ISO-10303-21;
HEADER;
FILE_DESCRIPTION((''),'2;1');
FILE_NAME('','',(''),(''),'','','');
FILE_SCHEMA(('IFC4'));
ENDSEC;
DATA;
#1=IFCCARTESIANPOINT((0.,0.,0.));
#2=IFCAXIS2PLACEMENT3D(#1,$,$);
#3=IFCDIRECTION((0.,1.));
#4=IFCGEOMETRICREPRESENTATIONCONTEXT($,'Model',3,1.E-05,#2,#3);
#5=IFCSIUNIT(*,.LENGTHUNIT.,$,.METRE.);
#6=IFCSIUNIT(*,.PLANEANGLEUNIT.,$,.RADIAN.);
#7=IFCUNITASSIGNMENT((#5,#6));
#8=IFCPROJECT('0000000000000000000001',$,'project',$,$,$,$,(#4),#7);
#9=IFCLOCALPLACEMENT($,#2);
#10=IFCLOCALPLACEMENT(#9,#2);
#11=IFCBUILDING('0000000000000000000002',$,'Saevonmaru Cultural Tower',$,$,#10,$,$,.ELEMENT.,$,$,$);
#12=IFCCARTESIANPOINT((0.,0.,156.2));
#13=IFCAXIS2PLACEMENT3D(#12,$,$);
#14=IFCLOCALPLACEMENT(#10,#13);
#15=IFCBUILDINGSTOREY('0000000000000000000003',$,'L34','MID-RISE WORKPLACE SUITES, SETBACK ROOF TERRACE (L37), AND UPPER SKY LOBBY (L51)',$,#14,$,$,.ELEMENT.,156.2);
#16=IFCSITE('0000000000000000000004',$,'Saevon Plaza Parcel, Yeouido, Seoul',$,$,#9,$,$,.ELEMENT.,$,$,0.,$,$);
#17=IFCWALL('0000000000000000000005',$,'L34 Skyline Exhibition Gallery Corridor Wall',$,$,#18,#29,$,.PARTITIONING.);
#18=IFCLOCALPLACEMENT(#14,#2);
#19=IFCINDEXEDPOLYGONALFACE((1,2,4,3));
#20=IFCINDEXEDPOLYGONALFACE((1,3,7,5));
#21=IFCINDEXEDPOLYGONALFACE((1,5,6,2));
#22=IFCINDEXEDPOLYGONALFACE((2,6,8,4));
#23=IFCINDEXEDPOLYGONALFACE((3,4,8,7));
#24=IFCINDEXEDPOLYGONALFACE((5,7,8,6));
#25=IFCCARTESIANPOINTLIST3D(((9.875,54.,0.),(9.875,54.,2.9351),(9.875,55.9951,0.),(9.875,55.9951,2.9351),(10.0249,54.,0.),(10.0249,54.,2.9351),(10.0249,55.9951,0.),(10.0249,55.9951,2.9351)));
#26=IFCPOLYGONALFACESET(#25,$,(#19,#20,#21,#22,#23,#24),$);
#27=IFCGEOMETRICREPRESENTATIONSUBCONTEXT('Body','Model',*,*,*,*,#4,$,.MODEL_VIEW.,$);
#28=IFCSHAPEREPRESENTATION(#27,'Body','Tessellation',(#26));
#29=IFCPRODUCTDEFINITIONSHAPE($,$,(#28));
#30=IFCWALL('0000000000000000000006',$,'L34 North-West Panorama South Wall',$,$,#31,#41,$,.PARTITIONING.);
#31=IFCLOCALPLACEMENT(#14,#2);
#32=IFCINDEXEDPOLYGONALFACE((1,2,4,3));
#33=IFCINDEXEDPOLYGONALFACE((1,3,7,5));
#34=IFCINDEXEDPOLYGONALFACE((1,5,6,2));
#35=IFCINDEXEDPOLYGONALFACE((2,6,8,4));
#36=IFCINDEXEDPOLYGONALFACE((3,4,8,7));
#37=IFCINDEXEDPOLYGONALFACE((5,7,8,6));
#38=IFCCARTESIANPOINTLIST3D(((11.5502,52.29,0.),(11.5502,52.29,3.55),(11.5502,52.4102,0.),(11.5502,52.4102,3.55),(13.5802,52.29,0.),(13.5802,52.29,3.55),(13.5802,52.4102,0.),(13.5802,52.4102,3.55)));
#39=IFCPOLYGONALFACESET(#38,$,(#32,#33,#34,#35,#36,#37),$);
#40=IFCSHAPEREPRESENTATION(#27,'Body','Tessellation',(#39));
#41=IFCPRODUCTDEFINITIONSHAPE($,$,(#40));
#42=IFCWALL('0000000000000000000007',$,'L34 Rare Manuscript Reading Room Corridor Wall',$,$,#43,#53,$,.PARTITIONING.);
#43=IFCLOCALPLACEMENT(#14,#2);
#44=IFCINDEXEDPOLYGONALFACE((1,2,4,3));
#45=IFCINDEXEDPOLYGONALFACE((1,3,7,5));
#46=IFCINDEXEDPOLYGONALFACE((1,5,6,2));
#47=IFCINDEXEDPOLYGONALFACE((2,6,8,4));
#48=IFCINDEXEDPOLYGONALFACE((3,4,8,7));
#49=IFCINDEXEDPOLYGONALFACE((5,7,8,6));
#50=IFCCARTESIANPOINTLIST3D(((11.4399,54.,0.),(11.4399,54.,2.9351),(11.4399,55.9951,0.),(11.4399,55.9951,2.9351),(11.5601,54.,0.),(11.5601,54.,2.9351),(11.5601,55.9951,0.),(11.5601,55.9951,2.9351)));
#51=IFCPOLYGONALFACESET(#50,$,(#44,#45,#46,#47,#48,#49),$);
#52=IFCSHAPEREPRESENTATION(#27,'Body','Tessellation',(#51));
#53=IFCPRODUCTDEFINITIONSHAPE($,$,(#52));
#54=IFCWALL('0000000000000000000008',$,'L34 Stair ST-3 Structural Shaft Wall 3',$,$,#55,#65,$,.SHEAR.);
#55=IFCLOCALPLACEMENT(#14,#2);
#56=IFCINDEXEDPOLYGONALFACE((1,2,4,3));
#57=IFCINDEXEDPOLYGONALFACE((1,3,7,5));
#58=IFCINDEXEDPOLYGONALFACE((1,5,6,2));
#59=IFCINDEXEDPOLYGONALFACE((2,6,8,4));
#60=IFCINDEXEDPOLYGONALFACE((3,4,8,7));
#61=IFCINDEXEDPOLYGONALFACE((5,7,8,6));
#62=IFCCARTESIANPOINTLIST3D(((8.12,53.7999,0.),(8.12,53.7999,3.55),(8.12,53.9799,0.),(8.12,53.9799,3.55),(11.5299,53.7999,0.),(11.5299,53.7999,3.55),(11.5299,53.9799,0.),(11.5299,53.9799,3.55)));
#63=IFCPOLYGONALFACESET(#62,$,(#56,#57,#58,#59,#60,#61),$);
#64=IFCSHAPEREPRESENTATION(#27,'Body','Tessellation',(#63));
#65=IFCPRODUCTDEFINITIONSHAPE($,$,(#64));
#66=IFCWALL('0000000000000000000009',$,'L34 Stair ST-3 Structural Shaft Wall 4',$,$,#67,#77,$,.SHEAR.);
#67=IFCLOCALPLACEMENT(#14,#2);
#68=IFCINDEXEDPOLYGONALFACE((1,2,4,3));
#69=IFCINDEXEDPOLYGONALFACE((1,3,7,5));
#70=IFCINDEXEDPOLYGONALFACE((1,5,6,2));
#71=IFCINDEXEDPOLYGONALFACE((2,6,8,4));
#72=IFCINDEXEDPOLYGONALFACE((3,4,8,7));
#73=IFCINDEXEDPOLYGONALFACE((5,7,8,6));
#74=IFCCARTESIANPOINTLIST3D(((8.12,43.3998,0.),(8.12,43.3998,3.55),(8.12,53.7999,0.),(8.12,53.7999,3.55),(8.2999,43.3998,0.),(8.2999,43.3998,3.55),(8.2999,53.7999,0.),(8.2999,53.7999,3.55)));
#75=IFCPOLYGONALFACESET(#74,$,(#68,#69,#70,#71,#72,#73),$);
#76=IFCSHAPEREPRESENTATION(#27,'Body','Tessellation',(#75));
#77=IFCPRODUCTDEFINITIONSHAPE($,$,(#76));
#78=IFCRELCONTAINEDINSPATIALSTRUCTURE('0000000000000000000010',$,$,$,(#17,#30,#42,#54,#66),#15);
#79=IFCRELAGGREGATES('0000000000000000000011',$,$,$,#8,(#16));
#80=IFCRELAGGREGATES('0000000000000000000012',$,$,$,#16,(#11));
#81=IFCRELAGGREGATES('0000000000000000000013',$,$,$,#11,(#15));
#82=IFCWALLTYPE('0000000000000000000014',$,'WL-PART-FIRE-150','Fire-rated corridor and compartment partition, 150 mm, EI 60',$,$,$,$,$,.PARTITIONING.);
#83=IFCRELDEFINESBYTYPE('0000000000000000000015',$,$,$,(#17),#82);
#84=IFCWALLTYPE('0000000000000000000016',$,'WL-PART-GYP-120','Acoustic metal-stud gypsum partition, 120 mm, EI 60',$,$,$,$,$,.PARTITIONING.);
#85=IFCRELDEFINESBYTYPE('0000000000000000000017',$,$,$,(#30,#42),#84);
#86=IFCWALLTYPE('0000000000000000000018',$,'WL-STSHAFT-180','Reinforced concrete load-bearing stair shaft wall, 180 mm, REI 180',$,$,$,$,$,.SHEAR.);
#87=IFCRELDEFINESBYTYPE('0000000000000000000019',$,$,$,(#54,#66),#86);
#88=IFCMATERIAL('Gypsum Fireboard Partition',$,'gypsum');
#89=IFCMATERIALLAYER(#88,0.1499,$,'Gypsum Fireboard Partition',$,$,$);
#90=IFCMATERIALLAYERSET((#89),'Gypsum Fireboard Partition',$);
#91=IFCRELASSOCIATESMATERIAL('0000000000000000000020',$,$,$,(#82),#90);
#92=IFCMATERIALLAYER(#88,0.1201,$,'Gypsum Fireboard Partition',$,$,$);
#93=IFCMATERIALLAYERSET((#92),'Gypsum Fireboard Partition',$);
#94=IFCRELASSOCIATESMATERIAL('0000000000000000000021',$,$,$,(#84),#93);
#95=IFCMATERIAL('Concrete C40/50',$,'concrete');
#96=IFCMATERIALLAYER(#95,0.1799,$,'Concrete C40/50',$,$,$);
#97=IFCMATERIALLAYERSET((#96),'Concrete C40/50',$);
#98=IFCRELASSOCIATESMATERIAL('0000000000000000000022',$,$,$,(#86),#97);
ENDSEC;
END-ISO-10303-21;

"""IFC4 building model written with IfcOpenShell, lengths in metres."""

from ifc_helpers import new_model, si_unit, direction, frame, frame_2d, origin, place, context, subcontext, project, spatial, rectangle, extrude, material, layer, layer_set, type_object, element, save


model = new_model("IFC4")

# Units and contexts
model_context = context("Model", 3, precision=1e-05, world=origin(), true_north=direction((0.0, 1.0)))
body_context = subcontext(model_context, "Body", "Model", "MODEL_VIEW")
ifc_project = project(units=[si_unit("LENGTHUNIT", "METRE"), si_unit("PLANEANGLEUNIT", "RADIAN")], contexts=[model_context])

# Site, building, storey
site_placement = place(None, origin())
site = spatial("IfcSite", under=ifc_project, at=site_placement, Name="Saevon Plaza Parcel, Yeouido, Seoul", CompositionType="ELEMENT", RefElevation=0.0)
building_placement = place(site_placement, origin())
building = spatial("IfcBuilding", under=site, at=building_placement, Name="Saevonmaru Cultural Tower", CompositionType="ELEMENT")
storey_placement = place(building_placement, frame((0.0, 0.0, 156.2)))
storey = spatial("IfcBuildingStorey", under=building, at=storey_placement, Name="L34", Description="MID-RISE WORKPLACE SUITES, SETBACK ROOF TERRACE (L37), AND UPPER SKY LOBBY (L51)", CompositionType="ELEMENT", Elevation=156.2)

# Walls
ifc_material_1 = material(Name="Gypsum Fireboard Partition", Category="gypsum")
ifc_layer_1 = layer(ifc_material_1, 0.1499, Name="Gypsum Fireboard Partition")
ifc_layer_set_1 = layer_set([ifc_layer_1], Name="Gypsum Fireboard Partition")
wall_type_1 = type_object("IfcWallType", Name="WL-PART-FIRE-150", Description="Fire-rated corridor and compartment partition, 150 mm, EI 60", PredefinedType="PARTITIONING", material=ifc_layer_set_1)
wall_1_placement = place(storey_placement, frame((9.95, 54.0, 0.0), z_axis=(0.0, 0.0, 1.0), x_axis=(0.0, 1.0, 0.0)))
element("IfcWall", 1, at=wall_1_placement, inside=storey, type_object=wall_type_1, Name="L34 Skyline Exhibition Gallery Corridor Wall", PredefinedType="PARTITIONING", context=body_context, shape_type="SweptSolid", body=[
    extrude(rectangle(XDim=1.9951, YDim=0.1499, at=frame_2d((0.9976, 0.0))), origin(), (0.0, 0.0, 1.0), 2.9351),
])
ifc_layer_2 = layer(ifc_material_1, 0.1201, Name="Gypsum Fireboard Partition")
ifc_layer_set_2 = layer_set([ifc_layer_2], Name="Gypsum Fireboard Partition")
wall_type_2 = type_object("IfcWallType", Name="WL-PART-GYP-120", Description="Acoustic metal-stud gypsum partition, 120 mm, EI 60", PredefinedType="PARTITIONING", material=ifc_layer_set_2)
wall_2_placement = place(storey_placement, frame((11.55, 52.3501, 0.0), z_axis=(0.0, 0.0, 1.0), x_axis=(1.0, 0.0, 0.0)))
element("IfcWall", 2, at=wall_2_placement, inside=storey, type_object=wall_type_2, Name="L34 North-West Panorama South Wall", PredefinedType="PARTITIONING", context=body_context, shape_type="SweptSolid", body=[
    extrude(rectangle(XDim=2.03, YDim=0.1201, at=frame_2d((1.0151, 0.0))), origin(), (0.0, 0.0, 1.0), 3.55),
])
wall_3_placement = place(storey_placement, frame((11.5, 54.0, 0.0), z_axis=(0.0, 0.0, 1.0), x_axis=(0.0, 1.0, 0.0)))
element("IfcWall", 3, at=wall_3_placement, inside=storey, type_object=wall_type_2, Name="L34 Rare Manuscript Reading Room Corridor Wall", PredefinedType="PARTITIONING", context=body_context, shape_type="SweptSolid", body=[
    extrude(rectangle(XDim=1.9951, YDim=0.1201, at=frame_2d((0.9976, 0.0))), origin(), (0.0, 0.0, 1.0), 2.9351),
])
ifc_material_2 = material(Name="Concrete C40/50", Category="concrete")
ifc_layer_3 = layer(ifc_material_2, 0.1799, Name="Concrete C40/50")
ifc_layer_set_3 = layer_set([ifc_layer_3], Name="Concrete C40/50")
wall_type_3 = type_object("IfcWallType", Name="WL-STSHAFT-180", Description="Reinforced concrete load-bearing stair shaft wall, 180 mm, REI 180", PredefinedType="SHEAR", material=ifc_layer_set_3)
wall_4_placement = place(storey_placement, frame((11.53, 53.8899, 0.0), z_axis=(0.0, 0.0, 1.0), x_axis=(-1.0, 0.0, 0.0)))
element("IfcWall", 4, at=wall_4_placement, inside=storey, type_object=wall_type_3, Name="L34 Stair ST-3 Structural Shaft Wall 3", PredefinedType="SHEAR", context=body_context, shape_type="SweptSolid", body=[
    extrude(rectangle(XDim=3.4099, YDim=0.1799, at=frame_2d((1.7051, 0.0))), origin(), (0.0, 0.0, 1.0), 3.55),
])
wall_5_placement = place(storey_placement, frame((8.21, 53.8, 0.0), z_axis=(0.0, 0.0, 1.0), x_axis=(0.0, -1.0, 0.0)))
element("IfcWall", 5, at=wall_5_placement, inside=storey, type_object=wall_type_3, Name="L34 Stair ST-3 Structural Shaft Wall 4", PredefinedType="SHEAR", context=body_context, shape_type="SweptSolid", body=[
    extrude(rectangle(XDim=10.4001, YDim=0.1799, at=frame_2d((5.2002, 0.0))), origin(), (0.0, 0.0, 1.0), 3.55),
])

save(model, "model.ifc")
